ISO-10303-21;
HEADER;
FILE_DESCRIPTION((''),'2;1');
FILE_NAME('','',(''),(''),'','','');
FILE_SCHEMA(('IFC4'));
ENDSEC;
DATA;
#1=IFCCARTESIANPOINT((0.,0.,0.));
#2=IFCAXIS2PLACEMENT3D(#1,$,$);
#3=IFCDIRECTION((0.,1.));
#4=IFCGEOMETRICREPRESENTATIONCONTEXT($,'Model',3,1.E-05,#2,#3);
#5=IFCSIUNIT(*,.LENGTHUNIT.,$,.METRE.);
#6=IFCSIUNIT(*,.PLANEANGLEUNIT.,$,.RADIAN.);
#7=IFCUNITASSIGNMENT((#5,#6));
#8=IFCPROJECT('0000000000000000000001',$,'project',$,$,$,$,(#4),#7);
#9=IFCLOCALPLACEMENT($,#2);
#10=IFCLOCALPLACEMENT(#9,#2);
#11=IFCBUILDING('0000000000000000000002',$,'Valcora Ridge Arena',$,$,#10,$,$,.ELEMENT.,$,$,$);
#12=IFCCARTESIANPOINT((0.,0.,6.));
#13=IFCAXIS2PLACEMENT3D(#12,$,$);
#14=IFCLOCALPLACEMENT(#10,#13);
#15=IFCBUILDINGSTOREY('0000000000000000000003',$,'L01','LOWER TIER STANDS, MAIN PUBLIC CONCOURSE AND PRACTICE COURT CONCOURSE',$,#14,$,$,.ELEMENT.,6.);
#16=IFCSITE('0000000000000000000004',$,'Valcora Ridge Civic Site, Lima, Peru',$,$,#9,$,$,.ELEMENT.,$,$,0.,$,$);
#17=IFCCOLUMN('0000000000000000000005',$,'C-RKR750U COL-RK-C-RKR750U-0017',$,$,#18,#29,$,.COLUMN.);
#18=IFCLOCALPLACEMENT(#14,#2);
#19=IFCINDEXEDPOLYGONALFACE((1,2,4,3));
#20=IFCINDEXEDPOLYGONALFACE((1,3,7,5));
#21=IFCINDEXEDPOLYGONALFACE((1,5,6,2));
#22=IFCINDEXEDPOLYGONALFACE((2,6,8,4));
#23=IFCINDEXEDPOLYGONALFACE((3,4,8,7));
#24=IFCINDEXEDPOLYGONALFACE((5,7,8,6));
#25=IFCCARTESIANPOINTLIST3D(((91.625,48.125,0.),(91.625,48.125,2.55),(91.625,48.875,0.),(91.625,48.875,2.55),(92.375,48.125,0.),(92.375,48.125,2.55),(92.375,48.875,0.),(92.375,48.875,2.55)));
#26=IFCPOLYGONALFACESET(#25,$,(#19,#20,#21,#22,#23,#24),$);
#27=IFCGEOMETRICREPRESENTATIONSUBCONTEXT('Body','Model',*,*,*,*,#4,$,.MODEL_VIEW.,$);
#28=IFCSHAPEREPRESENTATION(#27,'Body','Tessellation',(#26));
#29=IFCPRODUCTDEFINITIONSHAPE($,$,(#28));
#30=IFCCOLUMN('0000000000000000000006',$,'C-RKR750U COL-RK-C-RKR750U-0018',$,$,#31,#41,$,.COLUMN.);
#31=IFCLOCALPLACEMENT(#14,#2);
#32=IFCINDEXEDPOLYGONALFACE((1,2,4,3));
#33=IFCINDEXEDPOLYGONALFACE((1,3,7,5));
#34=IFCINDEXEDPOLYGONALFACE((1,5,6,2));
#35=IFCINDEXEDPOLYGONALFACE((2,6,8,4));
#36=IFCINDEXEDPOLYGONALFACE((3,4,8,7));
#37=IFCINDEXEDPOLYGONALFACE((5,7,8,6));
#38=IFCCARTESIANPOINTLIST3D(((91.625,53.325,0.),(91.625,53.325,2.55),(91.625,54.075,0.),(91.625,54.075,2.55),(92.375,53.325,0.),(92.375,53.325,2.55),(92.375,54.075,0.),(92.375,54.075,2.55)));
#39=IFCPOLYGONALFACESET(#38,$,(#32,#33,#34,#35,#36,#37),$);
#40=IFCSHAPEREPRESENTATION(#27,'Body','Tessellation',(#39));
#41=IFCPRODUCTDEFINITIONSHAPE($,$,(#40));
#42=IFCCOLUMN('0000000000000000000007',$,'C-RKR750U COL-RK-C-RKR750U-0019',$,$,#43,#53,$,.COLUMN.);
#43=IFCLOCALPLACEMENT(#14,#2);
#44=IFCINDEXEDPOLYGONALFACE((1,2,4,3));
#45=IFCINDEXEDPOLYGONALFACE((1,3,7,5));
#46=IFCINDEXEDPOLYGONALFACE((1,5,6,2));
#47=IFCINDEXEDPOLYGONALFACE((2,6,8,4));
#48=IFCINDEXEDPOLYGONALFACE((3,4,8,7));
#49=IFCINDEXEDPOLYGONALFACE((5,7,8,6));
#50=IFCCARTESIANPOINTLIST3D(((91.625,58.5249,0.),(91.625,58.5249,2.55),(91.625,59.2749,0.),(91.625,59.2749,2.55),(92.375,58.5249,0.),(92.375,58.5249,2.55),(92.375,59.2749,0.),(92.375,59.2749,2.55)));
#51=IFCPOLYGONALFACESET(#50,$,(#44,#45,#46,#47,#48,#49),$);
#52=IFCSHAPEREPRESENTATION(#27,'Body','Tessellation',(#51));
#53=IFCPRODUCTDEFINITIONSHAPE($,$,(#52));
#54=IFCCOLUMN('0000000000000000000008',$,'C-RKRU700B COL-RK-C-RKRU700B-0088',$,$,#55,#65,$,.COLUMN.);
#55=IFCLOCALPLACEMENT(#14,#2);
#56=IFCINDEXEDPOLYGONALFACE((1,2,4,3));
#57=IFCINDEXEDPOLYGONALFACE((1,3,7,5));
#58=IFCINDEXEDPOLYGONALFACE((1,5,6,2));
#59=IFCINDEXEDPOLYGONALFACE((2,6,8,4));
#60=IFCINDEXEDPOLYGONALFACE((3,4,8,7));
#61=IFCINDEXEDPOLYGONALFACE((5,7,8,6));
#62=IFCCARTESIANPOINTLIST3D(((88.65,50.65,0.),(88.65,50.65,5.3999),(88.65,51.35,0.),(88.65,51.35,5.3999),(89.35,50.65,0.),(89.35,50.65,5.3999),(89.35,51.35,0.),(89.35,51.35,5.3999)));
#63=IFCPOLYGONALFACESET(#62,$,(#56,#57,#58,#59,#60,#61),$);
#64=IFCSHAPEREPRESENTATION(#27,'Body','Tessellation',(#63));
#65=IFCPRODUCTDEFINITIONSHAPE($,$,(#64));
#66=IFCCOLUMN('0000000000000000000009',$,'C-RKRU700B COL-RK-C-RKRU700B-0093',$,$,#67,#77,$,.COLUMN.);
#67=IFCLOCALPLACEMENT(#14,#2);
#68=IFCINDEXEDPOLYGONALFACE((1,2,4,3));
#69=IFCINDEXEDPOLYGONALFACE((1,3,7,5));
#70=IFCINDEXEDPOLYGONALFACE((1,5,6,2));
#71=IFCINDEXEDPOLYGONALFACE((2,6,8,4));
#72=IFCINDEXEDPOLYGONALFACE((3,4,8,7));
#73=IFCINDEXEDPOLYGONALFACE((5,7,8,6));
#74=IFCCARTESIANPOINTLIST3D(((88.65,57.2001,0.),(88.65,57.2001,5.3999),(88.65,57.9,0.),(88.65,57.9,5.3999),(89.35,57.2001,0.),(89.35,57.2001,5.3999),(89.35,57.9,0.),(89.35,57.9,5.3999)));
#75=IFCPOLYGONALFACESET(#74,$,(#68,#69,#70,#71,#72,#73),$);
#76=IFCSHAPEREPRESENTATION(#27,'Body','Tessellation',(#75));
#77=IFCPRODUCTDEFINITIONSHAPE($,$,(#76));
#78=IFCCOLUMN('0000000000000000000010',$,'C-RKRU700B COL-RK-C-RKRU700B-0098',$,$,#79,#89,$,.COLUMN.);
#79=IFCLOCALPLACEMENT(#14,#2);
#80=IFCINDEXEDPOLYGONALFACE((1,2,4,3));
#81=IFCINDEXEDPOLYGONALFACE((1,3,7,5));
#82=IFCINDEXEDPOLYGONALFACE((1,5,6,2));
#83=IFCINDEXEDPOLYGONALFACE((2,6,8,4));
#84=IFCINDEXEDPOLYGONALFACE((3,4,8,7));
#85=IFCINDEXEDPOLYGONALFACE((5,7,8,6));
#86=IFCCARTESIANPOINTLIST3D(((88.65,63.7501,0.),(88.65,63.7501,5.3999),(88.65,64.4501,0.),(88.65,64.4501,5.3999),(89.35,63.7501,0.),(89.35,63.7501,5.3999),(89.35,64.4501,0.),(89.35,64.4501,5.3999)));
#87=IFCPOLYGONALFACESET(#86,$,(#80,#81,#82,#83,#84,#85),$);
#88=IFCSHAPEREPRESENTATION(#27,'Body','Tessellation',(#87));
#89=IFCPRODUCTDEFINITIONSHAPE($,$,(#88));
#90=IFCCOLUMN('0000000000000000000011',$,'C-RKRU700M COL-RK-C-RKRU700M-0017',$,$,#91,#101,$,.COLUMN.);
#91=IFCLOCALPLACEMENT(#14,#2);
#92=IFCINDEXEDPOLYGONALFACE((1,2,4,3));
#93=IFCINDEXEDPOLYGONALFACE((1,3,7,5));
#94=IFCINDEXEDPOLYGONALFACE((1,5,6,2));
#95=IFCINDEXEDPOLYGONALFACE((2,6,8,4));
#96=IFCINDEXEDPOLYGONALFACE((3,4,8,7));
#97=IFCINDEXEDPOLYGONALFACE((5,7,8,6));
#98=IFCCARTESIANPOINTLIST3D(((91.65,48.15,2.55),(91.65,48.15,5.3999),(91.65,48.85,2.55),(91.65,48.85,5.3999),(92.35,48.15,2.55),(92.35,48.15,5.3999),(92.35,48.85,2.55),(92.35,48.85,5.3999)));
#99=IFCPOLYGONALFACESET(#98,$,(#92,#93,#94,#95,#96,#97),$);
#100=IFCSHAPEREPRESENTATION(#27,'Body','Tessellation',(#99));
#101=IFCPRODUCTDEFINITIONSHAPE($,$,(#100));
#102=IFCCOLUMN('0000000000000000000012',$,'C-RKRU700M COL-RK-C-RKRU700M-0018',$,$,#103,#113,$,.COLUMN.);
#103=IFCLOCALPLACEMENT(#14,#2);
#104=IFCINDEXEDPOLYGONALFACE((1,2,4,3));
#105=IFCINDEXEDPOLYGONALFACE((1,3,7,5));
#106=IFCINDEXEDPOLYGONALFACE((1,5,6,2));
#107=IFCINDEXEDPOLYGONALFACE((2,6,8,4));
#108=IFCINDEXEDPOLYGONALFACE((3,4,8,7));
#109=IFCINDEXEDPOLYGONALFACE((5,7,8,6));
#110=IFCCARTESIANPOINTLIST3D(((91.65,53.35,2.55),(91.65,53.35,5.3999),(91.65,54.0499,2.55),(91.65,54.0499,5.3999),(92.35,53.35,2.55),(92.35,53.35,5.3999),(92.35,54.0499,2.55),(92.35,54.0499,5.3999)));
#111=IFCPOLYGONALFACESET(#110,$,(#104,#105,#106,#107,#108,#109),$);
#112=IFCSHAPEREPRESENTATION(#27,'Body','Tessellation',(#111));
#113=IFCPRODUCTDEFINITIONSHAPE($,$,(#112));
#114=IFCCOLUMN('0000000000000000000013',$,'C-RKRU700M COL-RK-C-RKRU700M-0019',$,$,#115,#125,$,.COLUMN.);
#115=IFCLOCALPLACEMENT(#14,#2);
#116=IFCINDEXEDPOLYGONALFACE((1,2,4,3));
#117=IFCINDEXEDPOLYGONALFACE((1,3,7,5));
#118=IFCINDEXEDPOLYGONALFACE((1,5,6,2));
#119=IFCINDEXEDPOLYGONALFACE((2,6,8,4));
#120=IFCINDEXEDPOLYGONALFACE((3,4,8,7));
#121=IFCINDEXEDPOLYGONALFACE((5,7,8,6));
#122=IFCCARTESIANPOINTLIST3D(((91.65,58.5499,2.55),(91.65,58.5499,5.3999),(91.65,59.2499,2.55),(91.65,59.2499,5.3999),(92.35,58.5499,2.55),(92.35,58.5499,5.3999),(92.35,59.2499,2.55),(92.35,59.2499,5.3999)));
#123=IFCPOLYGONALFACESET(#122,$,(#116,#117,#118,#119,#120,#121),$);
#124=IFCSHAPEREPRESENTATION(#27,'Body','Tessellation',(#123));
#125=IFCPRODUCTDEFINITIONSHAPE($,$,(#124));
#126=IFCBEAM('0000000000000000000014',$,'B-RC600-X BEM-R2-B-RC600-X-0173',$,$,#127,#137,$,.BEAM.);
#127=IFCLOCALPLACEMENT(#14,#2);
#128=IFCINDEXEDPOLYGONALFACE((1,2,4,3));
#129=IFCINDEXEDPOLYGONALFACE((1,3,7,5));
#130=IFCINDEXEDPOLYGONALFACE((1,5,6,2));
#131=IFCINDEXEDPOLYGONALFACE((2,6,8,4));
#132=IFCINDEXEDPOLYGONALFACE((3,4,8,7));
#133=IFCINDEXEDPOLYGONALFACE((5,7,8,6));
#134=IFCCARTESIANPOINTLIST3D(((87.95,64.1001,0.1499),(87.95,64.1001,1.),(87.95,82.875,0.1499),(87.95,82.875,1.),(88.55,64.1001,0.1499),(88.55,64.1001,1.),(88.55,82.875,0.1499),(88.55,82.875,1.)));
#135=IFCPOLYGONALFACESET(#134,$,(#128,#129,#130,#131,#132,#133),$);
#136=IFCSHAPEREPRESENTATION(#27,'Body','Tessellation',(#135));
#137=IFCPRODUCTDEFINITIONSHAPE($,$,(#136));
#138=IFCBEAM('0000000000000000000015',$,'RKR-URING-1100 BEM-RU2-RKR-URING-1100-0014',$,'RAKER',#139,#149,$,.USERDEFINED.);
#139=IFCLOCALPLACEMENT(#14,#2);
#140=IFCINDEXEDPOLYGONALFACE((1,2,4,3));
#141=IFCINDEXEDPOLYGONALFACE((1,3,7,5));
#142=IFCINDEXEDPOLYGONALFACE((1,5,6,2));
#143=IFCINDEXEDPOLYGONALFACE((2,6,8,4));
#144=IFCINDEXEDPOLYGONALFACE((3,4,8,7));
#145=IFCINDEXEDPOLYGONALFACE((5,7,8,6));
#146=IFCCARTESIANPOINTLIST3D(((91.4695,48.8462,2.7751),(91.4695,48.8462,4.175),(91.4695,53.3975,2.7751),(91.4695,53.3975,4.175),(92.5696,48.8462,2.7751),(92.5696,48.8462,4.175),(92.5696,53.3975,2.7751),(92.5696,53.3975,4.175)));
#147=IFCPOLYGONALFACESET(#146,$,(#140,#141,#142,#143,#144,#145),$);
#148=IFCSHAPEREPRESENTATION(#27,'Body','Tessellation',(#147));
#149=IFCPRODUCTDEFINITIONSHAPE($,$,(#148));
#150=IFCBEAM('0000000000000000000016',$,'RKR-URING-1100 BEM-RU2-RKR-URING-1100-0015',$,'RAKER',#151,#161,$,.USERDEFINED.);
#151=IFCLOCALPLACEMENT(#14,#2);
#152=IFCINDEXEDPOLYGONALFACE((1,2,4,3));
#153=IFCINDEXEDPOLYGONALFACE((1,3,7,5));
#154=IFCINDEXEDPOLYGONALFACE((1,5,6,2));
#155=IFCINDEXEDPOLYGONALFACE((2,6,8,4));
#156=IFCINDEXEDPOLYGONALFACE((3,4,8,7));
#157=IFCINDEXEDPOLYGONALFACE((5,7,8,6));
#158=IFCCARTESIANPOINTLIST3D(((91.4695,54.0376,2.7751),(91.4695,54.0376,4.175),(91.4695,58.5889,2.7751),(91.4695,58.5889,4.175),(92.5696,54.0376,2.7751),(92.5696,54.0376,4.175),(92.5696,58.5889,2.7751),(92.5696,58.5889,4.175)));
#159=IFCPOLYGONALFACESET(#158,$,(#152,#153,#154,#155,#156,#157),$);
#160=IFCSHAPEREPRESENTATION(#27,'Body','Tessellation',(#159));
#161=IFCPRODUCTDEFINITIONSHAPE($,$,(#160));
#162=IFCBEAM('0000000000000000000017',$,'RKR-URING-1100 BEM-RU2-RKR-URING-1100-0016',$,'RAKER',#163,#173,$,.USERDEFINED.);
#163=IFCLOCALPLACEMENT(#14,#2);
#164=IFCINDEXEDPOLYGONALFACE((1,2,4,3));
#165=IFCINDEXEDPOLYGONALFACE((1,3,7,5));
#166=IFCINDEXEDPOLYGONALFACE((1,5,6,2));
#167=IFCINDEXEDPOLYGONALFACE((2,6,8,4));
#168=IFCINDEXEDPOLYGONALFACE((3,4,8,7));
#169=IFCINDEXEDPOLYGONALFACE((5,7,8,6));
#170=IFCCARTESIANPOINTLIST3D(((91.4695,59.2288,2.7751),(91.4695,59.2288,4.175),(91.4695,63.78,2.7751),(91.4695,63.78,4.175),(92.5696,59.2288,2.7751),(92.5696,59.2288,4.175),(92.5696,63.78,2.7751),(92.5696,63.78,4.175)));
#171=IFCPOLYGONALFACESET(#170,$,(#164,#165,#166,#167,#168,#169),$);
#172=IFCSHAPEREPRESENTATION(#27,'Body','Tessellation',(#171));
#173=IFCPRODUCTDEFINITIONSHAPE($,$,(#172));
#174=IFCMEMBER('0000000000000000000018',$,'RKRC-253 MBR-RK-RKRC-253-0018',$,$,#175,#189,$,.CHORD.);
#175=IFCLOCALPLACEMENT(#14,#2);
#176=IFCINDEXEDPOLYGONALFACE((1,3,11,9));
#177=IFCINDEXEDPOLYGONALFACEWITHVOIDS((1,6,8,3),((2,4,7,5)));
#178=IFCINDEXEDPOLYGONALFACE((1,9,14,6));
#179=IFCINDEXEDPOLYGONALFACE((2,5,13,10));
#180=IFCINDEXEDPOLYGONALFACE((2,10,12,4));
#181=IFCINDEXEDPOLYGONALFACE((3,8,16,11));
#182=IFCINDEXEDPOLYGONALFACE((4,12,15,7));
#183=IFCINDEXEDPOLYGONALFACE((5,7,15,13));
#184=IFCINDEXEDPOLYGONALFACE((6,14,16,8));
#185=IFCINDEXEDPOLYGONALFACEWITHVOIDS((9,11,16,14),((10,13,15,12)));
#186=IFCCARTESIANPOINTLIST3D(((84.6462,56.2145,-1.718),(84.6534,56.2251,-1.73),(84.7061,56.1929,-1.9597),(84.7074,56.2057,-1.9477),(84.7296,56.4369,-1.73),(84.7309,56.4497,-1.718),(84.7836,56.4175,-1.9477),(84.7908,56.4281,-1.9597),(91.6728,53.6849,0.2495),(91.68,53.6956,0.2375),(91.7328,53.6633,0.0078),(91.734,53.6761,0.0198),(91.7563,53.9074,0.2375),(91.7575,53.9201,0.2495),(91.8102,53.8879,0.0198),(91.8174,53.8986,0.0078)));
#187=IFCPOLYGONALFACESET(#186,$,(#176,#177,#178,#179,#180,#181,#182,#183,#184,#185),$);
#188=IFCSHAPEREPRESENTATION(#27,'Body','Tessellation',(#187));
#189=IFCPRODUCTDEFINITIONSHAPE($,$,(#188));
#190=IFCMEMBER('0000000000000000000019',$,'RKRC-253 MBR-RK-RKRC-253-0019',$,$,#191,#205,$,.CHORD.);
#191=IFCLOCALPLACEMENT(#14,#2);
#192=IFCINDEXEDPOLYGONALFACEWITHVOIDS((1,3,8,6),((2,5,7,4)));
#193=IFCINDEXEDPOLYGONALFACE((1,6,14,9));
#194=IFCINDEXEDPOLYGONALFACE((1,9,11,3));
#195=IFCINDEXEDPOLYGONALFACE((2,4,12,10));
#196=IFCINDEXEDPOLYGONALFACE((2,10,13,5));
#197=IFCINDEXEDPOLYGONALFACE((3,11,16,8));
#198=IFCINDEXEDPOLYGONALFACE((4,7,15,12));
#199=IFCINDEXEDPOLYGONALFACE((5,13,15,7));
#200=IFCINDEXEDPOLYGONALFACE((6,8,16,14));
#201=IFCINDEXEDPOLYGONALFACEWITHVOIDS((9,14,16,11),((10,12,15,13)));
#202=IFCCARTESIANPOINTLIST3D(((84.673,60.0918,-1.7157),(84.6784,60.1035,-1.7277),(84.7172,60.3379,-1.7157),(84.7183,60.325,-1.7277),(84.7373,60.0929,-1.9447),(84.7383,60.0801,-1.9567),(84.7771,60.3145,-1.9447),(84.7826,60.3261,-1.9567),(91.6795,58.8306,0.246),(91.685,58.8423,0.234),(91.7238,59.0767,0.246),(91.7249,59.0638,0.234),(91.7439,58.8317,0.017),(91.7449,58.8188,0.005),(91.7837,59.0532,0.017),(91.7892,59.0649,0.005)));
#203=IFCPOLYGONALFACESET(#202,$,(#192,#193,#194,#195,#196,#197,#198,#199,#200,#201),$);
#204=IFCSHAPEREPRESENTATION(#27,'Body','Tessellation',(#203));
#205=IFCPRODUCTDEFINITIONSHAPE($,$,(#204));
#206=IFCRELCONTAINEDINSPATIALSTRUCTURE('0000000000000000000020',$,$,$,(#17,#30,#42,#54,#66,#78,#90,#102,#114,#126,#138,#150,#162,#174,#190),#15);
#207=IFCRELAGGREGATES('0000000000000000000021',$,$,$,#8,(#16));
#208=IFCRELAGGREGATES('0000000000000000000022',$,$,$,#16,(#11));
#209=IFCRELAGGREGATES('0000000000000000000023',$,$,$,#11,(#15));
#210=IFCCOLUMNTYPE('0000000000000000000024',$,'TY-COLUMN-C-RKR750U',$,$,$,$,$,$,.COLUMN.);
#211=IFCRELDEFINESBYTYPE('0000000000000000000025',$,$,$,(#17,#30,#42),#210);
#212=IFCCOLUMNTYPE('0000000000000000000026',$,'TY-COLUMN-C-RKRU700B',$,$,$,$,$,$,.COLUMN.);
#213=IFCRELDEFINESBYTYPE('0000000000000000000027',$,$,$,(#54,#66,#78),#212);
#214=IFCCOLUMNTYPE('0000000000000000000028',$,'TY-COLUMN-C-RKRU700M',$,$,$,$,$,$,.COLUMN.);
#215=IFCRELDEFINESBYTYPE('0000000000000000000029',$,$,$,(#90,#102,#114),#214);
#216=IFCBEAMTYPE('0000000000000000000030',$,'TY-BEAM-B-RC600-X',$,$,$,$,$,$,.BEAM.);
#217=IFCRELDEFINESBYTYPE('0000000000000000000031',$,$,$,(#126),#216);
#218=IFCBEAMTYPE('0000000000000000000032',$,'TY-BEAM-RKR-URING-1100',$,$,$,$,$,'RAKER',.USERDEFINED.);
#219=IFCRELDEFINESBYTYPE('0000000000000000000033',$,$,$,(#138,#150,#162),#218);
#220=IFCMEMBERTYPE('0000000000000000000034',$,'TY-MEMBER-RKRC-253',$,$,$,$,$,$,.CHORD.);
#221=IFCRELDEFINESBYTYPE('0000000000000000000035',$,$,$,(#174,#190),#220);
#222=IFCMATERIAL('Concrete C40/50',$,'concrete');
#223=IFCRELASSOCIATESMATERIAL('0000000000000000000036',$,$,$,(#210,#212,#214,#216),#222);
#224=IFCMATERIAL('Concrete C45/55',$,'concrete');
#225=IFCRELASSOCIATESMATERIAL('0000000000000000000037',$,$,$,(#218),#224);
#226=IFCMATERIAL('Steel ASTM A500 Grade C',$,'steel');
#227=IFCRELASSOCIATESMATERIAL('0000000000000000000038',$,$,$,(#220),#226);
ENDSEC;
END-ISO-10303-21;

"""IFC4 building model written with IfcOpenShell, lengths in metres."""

from ifc_helpers import new_model, si_unit, direction, frame, origin, origin_2d, place, context, subcontext, project, spatial, rectangle, hollow_rectangle, extrude, material, material_profile, profile_set, type_object, element, save


model = new_model("IFC4")

# Units and contexts
model_context = context("Model", 3, precision=1e-05, world=origin(), true_north=direction((0.0, 1.0)))
body_context = subcontext(model_context, "Body", "Model", "MODEL_VIEW")
ifc_project = project(units=[si_unit("LENGTHUNIT", "METRE"), si_unit("PLANEANGLEUNIT", "RADIAN")], contexts=[model_context])

# Site, building, storey
site_placement = place(None, origin())
site = spatial("IfcSite", under=ifc_project, at=site_placement, Name="Valcora Ridge Civic Site, Lima, Peru", CompositionType="ELEMENT", RefElevation=0.0)
building_placement = place(site_placement, origin())
building = spatial("IfcBuilding", under=site, at=building_placement, Name="Valcora Ridge Arena", CompositionType="ELEMENT")
storey_placement = place(building_placement, frame((0.0, 0.0, 6.0)))
storey = spatial("IfcBuildingStorey", under=building, at=storey_placement, Name="L01", Description="LOWER TIER STANDS, MAIN PUBLIC CONCOURSE AND PRACTICE COURT CONCOURSE", CompositionType="ELEMENT", Elevation=6.0)

# Columns
ifc_material_1 = material(Name="Concrete C40/50", Category="concrete")
ifc_material_profile_1 = material_profile(ifc_material_1, rectangle(XDim=0.75, YDim=0.75, at=origin_2d()), Name="RC 750x750")
ifc_profile_set_1 = profile_set([ifc_material_profile_1], Name="Concrete C40/50")
column_type_1 = type_object("IfcColumnType", Name="TY-COLUMN-C-RKR750U", PredefinedType="COLUMN", material=ifc_profile_set_1)
for number, where, z_axis, x_axis, name in (
    (1, (92.0, 48.5, 0.0), (0.0, 0.0, 1.0), (1.0, 0.0, 0.0), "C-RKR750U COL-RK-C-RKR750U-0017"),
    (2, (92.0, 53.7, 0.0), (0.0, 0.0, 1.0), (1.0, 0.0, 0.0), "C-RKR750U COL-RK-C-RKR750U-0018"),
    (3, (92.0, 58.8999, 0.0), (0.0, 0.0, 1.0), (1.0, 0.0, 0.0), "C-RKR750U COL-RK-C-RKR750U-0019"),
):
    element("IfcColumn", number, at=place(storey_placement, frame(where, z_axis=z_axis, x_axis=x_axis)), inside=storey, type_object=column_type_1, Name=name, PredefinedType="COLUMN", context=body_context, shape_type="SweptSolid", body=[
        extrude(rectangle(XDim=0.75, YDim=0.75, at=origin_2d()), origin(), (0.0, 0.0, 1.0), 2.55),
    ])
ifc_material_profile_2 = material_profile(ifc_material_1, rectangle(XDim=0.7, YDim=0.7, at=origin_2d()), Name="RC 700x700")
ifc_profile_set_2 = profile_set([ifc_material_profile_2], Name="Concrete C40/50")
column_type_2 = type_object("IfcColumnType", Name="TY-COLUMN-C-RKRU700B", PredefinedType="COLUMN", material=ifc_profile_set_2)
for number, where, z_axis, x_axis, name in (
    (4, (89.0, 51.0, 0.0), (0.0, 0.0, 1.0), (1.0, 0.0, 0.0), "C-RKRU700B COL-RK-C-RKRU700B-0088"),
    (5, (89.0, 57.55, 0.0), (0.0, 0.0, 1.0), (1.0, 0.0, 0.0), "C-RKRU700B COL-RK-C-RKRU700B-0093"),
    (6, (89.0, 64.1001, 0.0), (0.0, 0.0, 1.0), (1.0, 0.0, 0.0), "C-RKRU700B COL-RK-C-RKRU700B-0098"),
):
    element("IfcColumn", number, at=place(storey_placement, frame(where, z_axis=z_axis, x_axis=x_axis)), inside=storey, type_object=column_type_2, Name=name, PredefinedType="COLUMN", context=body_context, shape_type="SweptSolid", body=[
        extrude(rectangle(XDim=0.7, YDim=0.7, at=origin_2d()), origin(), (0.0, 0.0, 1.0), 5.3999),
    ])
ifc_material_profile_3 = material_profile(ifc_material_1, rectangle(XDim=0.7, YDim=0.7, at=origin_2d()), Name="RC 700x700")
ifc_profile_set_3 = profile_set([ifc_material_profile_3], Name="Concrete C40/50")
column_type_3 = type_object("IfcColumnType", Name="TY-COLUMN-C-RKRU700M", PredefinedType="COLUMN", material=ifc_profile_set_3)
for number, where, z_axis, x_axis, name in (
    (7, (92.0, 48.5, 2.55), (0.0, 0.0, 1.0), (1.0, 0.0, 0.0), "C-RKRU700M COL-RK-C-RKRU700M-0017"),
    (8, (92.0, 53.7, 2.55), (0.0, 0.0, 1.0), (1.0, 0.0, 0.0), "C-RKRU700M COL-RK-C-RKRU700M-0018"),
    (9, (92.0, 58.8999, 2.55), (0.0, 0.0, 1.0), (1.0, 0.0, 0.0), "C-RKRU700M COL-RK-C-RKRU700M-0019"),
):
    element("IfcColumn", number, at=place(storey_placement, frame(where, z_axis=z_axis, x_axis=x_axis)), inside=storey, type_object=column_type_3, Name=name, PredefinedType="COLUMN", context=body_context, shape_type="SweptSolid", body=[
        extrude(rectangle(XDim=0.7, YDim=0.7, at=origin_2d()), origin(), (0.0, 0.0, 1.0), 2.8499),
    ])

# Beams
ifc_material_profile_4 = material_profile(ifc_material_1, rectangle(XDim=0.6001, YDim=0.8501, at=origin_2d()), Name="RC 600x850")
ifc_profile_set_4 = profile_set([ifc_material_profile_4], Name="Concrete C40/50")
beam_type_1 = type_object("IfcBeamType", Name="TY-BEAM-B-RC600-X", PredefinedType="BEAM", material=ifc_profile_set_4)
beam_placement = place(storey_placement, frame((88.25, 64.1001, 0.575), z_axis=(0.0, 1.0, 0.0), x_axis=(-1.0, 0.0, 0.0)))
element("IfcBeam", 10, at=beam_placement, inside=storey, type_object=beam_type_1, Name="B-RC600-X BEM-R2-B-RC600-X-0173", PredefinedType="BEAM", context=body_context, shape_type="SweptSolid", body=[
    extrude(rectangle(XDim=0.6001, YDim=0.8501, at=origin_2d()), origin(), (0.0, 0.0, 1.0), 18.7749),
])
ifc_material_2 = material(Name="Concrete C45/55", Category="concrete")
ifc_material_profile_5 = material_profile(ifc_material_2, rectangle(XDim=1.1001, YDim=1.3999, at=origin_2d()), Name="RC 1100x1400")
ifc_profile_set_5 = profile_set([ifc_material_profile_5], Name="Concrete C45/55")
beam_type_2 = type_object("IfcBeamType", Name="TY-BEAM-RKR-URING-1100", ElementType="RAKER", PredefinedType="USERDEFINED", material=ifc_profile_set_5)
for number, where, z_axis, x_axis, name in (
    (11, (92.0195, 48.8462, 3.4751), (0.0, 1.0, 0.0), (-1.0, 0.0, 0.0), "RKR-URING-1100 BEM-RU2-RKR-URING-1100-0014"),
    (12, (92.0195, 54.0376, 3.4751), (0.0, 1.0, 0.0), (-1.0, 0.0, 0.0), "RKR-URING-1100 BEM-RU2-RKR-URING-1100-0015"),
    (13, (92.0195, 59.2288, 3.4751), (0.0, 1.0, 0.0), (-1.0, 0.0, 0.0), "RKR-URING-1100 BEM-RU2-RKR-URING-1100-0016"),
):
    element("IfcBeam", number, at=place(storey_placement, frame(where, z_axis=z_axis, x_axis=x_axis)), inside=storey, type_object=beam_type_2, Name=name, ObjectType="RAKER", PredefinedType="USERDEFINED", context=body_context, shape_type="SweptSolid", body=[
        extrude(rectangle(XDim=1.1001, YDim=1.3999, at=origin_2d()), origin(), (0.0, 0.0, 1.0), 4.5513),
    ])

# Members
ifc_material_3 = material(Name="Steel ASTM A500 Grade C", Category="steel")
ifc_material_profile_6 = material_profile(ifc_material_3, hollow_rectangle(XDim=0.25, YDim=0.25, WallThickness=0.0125, at=origin_2d()), Name="HSS250X250X12")
ifc_profile_set_6 = profile_set([ifc_material_profile_6], Name="Steel ASTM A500 Grade C")
member_type_1 = type_object("IfcMemberType", Name="TY-MEMBER-RKRC-253", PredefinedType="CHORD", material=ifc_profile_set_6)
member_1_placement = place(storey_placement, frame((84.7185, 56.3213, -1.8389), z_axis=(0.909842, -0.327538, 0.254766), x_axis=(0.338715, 0.940889, 0.0)))
element("IfcMember", 14, at=member_1_placement, inside=storey, type_object=member_type_1, Name="RKRC-253 MBR-RK-RKRC-253-0018", PredefinedType="CHORD", context=body_context, shape_type="SweptSolid", body=[
    extrude(hollow_rectangle(XDim=0.25, YDim=0.25, WallThickness=0.0125, at=origin_2d()), origin(), (0.0, 0.0, 1.0), 7.7229),
])
member_2_placement = place(storey_placement, frame((84.7278, 60.209, -1.8362), z_axis=(0.948821, -0.170794, 0.265646), x_axis=(0.177159, 0.984182, 0.0)))
element("IfcMember", 15, at=member_2_placement, inside=storey, type_object=member_type_1, Name="RKRC-253 MBR-RK-RKRC-253-0019", PredefinedType="CHORD", context=body_context, shape_type="SweptSolid", body=[
    extrude(hollow_rectangle(XDim=0.25, YDim=0.25, WallThickness=0.0125, at=origin_2d()), origin(), (0.0, 0.0, 1.0), 7.3845),
])

save(model, "model.ifc")
